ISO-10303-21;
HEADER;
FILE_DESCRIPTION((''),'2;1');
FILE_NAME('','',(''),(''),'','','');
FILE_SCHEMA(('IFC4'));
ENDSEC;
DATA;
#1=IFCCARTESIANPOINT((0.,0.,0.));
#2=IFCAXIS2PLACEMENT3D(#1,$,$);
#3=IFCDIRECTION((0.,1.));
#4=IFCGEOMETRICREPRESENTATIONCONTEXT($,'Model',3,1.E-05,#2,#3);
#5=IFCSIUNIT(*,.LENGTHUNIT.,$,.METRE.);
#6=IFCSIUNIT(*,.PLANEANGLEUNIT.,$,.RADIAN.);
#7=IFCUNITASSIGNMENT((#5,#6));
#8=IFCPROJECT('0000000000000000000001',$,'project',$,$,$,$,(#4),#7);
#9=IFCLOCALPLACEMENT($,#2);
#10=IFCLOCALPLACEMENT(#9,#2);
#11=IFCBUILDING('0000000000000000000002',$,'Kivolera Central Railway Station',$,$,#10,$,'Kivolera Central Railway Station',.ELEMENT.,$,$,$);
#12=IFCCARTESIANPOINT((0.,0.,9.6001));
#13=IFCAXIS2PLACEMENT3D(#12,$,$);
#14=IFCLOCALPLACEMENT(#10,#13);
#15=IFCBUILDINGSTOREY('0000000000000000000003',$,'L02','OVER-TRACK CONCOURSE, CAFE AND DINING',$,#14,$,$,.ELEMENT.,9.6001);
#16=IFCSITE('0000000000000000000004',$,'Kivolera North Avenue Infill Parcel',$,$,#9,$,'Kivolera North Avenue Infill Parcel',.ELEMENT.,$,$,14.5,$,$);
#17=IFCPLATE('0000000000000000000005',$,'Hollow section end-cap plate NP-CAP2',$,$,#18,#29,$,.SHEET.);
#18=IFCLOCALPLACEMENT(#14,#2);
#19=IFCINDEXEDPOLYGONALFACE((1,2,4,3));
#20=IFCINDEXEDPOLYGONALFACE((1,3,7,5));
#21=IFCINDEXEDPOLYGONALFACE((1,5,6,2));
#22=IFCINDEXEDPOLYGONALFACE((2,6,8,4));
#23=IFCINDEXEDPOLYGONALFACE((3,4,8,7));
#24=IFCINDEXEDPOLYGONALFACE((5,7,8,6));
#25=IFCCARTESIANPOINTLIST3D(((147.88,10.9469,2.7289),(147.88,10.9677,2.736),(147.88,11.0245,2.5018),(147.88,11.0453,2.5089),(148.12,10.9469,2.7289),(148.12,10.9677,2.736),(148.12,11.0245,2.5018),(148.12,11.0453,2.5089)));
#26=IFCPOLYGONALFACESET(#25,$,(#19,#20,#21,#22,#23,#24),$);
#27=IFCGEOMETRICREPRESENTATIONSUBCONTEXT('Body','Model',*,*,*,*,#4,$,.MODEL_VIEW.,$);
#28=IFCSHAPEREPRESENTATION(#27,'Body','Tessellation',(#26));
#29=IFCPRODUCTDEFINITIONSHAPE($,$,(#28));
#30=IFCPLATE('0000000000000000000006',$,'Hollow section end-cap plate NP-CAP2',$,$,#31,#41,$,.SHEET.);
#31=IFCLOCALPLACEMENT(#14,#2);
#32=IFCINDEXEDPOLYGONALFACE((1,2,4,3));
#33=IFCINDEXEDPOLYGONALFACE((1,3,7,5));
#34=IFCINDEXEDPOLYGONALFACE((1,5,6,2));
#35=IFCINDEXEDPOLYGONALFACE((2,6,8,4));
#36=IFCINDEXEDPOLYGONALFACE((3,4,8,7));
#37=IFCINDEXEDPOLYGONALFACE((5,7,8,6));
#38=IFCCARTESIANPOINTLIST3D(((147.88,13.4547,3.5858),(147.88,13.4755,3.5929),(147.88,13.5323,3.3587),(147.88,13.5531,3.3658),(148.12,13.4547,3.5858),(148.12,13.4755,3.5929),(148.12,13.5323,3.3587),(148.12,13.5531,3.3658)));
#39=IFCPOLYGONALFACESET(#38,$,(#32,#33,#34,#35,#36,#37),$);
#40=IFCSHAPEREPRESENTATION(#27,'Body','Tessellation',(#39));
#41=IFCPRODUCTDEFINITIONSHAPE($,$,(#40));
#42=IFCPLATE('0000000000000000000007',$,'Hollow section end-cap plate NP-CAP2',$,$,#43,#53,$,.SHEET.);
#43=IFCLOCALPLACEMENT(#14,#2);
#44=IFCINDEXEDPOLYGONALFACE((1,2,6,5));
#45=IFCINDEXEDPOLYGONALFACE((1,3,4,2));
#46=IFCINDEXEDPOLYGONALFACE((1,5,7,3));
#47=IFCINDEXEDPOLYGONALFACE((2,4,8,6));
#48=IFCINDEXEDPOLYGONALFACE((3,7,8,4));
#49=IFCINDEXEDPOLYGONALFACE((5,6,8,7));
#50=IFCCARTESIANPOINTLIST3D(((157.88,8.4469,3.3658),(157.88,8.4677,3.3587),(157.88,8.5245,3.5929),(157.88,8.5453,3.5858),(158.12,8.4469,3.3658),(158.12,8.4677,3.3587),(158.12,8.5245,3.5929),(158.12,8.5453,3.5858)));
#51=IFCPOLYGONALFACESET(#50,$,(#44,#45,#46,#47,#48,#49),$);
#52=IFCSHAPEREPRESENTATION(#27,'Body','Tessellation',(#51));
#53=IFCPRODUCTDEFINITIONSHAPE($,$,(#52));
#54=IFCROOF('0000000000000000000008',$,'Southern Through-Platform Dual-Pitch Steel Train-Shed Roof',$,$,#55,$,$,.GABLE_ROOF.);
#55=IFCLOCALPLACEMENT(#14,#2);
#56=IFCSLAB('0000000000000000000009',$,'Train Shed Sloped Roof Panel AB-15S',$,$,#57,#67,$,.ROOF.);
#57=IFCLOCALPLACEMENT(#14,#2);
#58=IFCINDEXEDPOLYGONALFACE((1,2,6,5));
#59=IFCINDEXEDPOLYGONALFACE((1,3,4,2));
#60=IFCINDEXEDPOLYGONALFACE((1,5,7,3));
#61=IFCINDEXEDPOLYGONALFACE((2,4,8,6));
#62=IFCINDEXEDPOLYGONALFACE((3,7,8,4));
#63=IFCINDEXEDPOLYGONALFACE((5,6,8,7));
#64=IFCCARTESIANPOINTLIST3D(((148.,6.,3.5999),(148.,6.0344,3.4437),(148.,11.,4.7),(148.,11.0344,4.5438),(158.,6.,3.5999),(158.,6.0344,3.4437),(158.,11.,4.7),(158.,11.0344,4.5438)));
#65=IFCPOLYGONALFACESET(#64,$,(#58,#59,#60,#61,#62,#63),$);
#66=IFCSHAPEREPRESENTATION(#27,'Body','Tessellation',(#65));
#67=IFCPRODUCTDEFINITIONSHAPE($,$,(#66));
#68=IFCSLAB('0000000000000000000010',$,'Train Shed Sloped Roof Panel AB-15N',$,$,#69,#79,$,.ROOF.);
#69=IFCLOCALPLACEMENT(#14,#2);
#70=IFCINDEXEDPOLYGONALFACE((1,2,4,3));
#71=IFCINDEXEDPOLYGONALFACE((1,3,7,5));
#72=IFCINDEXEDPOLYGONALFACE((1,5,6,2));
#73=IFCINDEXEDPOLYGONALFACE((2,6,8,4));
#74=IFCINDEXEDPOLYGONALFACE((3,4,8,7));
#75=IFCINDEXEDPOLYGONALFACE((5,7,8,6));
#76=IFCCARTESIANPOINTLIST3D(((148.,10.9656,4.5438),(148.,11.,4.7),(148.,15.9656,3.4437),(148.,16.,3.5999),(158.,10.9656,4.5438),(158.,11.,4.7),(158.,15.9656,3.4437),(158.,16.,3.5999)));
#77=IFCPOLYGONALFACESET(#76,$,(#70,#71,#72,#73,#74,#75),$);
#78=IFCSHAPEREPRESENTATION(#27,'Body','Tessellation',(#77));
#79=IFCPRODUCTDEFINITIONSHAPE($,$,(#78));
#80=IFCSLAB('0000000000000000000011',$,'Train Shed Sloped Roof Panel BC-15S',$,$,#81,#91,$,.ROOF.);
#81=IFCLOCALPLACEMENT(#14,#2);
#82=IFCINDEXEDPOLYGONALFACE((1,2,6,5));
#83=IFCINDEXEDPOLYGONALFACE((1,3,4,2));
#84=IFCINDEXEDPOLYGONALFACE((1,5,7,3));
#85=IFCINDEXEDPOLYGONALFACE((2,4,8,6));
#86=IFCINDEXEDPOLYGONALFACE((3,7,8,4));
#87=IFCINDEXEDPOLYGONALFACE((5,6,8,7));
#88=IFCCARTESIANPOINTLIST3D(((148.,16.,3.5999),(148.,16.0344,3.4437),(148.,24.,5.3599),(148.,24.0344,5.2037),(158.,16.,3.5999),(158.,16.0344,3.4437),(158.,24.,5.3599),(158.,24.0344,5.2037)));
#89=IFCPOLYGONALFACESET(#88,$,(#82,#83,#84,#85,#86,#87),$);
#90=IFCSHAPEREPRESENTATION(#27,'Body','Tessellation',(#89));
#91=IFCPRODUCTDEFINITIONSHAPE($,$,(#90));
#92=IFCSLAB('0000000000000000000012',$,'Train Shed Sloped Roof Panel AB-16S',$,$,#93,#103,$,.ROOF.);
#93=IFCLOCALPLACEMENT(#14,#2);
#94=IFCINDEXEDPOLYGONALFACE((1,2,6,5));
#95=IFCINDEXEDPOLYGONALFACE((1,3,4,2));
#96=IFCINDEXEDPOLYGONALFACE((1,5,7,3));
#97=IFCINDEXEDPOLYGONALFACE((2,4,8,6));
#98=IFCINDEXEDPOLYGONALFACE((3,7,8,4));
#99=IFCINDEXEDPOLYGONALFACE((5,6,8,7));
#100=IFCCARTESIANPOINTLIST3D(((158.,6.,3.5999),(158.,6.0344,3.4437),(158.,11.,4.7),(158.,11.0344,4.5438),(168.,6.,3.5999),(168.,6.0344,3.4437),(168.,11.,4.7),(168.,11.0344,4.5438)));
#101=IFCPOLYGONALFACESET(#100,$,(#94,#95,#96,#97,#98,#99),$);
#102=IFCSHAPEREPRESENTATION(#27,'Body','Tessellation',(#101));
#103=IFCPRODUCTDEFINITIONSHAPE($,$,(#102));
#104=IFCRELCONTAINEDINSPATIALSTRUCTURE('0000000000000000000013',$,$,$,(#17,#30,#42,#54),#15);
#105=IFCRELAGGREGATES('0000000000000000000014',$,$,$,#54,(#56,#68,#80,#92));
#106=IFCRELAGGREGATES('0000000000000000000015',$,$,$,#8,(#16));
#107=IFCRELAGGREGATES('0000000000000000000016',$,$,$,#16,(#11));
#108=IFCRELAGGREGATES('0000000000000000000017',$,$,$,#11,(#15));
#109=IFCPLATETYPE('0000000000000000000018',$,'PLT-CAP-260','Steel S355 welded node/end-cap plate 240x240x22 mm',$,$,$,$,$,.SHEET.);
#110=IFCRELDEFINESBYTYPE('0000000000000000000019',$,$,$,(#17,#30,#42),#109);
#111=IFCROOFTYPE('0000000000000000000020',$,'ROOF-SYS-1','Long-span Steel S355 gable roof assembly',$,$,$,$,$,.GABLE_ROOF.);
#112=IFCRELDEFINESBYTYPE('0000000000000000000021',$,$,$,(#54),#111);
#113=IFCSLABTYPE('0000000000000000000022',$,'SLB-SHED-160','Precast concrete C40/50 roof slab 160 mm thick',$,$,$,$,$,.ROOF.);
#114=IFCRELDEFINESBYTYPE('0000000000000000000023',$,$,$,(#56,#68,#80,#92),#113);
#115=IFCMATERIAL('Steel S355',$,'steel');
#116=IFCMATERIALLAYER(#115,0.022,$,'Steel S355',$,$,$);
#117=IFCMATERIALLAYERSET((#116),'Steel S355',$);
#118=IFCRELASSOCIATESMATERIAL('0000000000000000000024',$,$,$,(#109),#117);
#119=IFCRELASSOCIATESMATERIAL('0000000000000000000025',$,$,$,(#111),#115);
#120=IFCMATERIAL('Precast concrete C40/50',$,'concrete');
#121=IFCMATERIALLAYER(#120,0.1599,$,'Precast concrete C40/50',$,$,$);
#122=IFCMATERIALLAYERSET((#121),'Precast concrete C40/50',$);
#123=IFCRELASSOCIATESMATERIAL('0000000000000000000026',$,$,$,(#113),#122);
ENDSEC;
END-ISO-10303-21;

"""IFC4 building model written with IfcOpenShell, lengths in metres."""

from ifc_helpers import new_model, si_unit, direction, frame, origin, origin_2d, place, context, subcontext, project, spatial, polyline, rectangle, outline, extrude, material, layer, layer_set, type_object, element, aggregate, save


model = new_model("IFC4")

# Units and contexts
model_context = context("Model", 3, precision=1e-05, world=origin(), true_north=direction((0.0, 1.0)))
body_context = subcontext(model_context, "Body", "Model", "MODEL_VIEW")
ifc_project = project(units=[si_unit("LENGTHUNIT", "METRE"), si_unit("PLANEANGLEUNIT", "RADIAN")], contexts=[model_context])

# Site, building, storey
site_placement = place(None, origin())
site = spatial("IfcSite", under=ifc_project, at=site_placement, Name="Kivolera North Avenue Infill Parcel", LongName="Kivolera North Avenue Infill Parcel", CompositionType="ELEMENT", RefElevation=14.5)
building_placement = place(site_placement, origin())
building = spatial("IfcBuilding", under=site, at=building_placement, Name="Kivolera Central Railway Station", LongName="Kivolera Central Railway Station", CompositionType="ELEMENT")
storey_placement = place(building_placement, frame((0.0, 0.0, 9.6001)))
storey = spatial("IfcBuildingStorey", under=building, at=storey_placement, Name="L02", Description="OVER-TRACK CONCOURSE, CAFE AND DINING", CompositionType="ELEMENT", Elevation=9.6001)

# Shared definitions
ifc_material_1 = material(Name="Steel S355", Category="steel")

# Plates
ifc_layer_1 = layer(ifc_material_1, 0.022, Name="Steel S355")
ifc_layer_set_1 = layer_set([ifc_layer_1], Name="Steel S355")
plate_type_1 = type_object("IfcPlateType", Name="PLT-CAP-260", Description="Steel S355 welded node/end-cap plate 240x240x22 mm", PredefinedType="SHEET", material=ifc_layer_set_1)
for number, where, z_axis, x_axis, name in (
    (1, (148.0, 10.9961, 2.6189), (0.0, 0.946194, 0.323599), (-1.0, 0.0, 0.0), "Hollow section end-cap plate NP-CAP2"),
    (2, (148.0, 13.5039, 3.4758), (0.0, 0.946194, 0.323599), (-1.0, 0.0, 0.0), "Hollow section end-cap plate NP-CAP2"),
    (3, (158.0, 8.4961, 3.4758), (0.0, -0.946194, 0.323599), (1.0, 0.0, 0.0), "Hollow section end-cap plate NP-CAP2"),
):
    element("IfcPlate", number, at=place(storey_placement, frame(where, z_axis=z_axis, x_axis=x_axis)), inside=storey, type_object=plate_type_1, Name=name, PredefinedType="SHEET", context=body_context, shape_type="SweptSolid", body=[
        extrude(rectangle(XDim=0.24, YDim=0.24, at=origin_2d()), frame((0.0, 0.0, -0.011)), (0.0, 0.0, 1.0), 0.022),
    ])

# Roof, slabs
roof_type = type_object("IfcRoofType", Name="ROOF-SYS-1", Description="Long-span Steel S355 gable roof assembly", PredefinedType="GABLE_ROOF", material=ifc_material_1)
roof_placement = place(storey_placement, origin())
roof = element("IfcRoof", 4, at=roof_placement, inside=storey, type_object=roof_type, Name="Southern Through-Platform Dual-Pitch Steel Train-Shed Roof", PredefinedType="GABLE_ROOF")
ifc_material_2 = material(Name="Precast concrete C40/50", Category="concrete")
ifc_layer_2 = layer(ifc_material_2, 0.1599, Name="Precast concrete C40/50")
ifc_layer_set_2 = layer_set([ifc_layer_2], Name="Precast concrete C40/50")
slab_type = type_object("IfcSlabType", Name="SLB-SHED-160", Description="Precast concrete C40/50 roof slab 160 mm thick", PredefinedType="ROOF", material=ifc_layer_set_2)
slab_1_placement = place(storey_placement, frame((148.0, 6.0, 3.5999), z_axis=(0.0, -0.21488, 0.97664), x_axis=(1.0, 0.0, 0.0)))
slab_1 = element("IfcSlab", 5, at=slab_1_placement, type_object=slab_type, Name="Train Shed Sloped Roof Panel AB-15S", PredefinedType="ROOF", context=body_context, shape_type="SweptSolid", body=[
    extrude(outline(polyline([(0.0, 0.0), (10.0, 0.0), (10.0, 5.1196), (0.0, 5.1196), (0.0, 0.0)])), origin(), (0.0, 0.0, -1.0), 0.1599),
])
slab_2_placement = place(storey_placement, frame((148.0, 11.0, 4.7), z_axis=(0.0, 0.21488, 0.97664), x_axis=(1.0, 0.0, 0.0)))
slab_2 = element("IfcSlab", 6, at=slab_2_placement, type_object=slab_type, Name="Train Shed Sloped Roof Panel AB-15N", PredefinedType="ROOF", context=body_context, shape_type="SweptSolid", body=[
    extrude(outline(polyline([(0.0, 0.0), (10.0, 0.0), (10.0, 5.1196), (0.0, 5.1196), (0.0, 0.0)])), origin(), (0.0, 0.0, -1.0), 0.1599),
])
slab_3_placement = place(storey_placement, frame((148.0, 16.0, 3.5999), z_axis=(0.0, -0.214863, 0.976644), x_axis=(1.0, 0.0, 0.0)))
slab_3 = element("IfcSlab", 7, at=slab_3_placement, type_object=slab_type, Name="Train Shed Sloped Roof Panel BC-15S", PredefinedType="ROOF", context=body_context, shape_type="SweptSolid", body=[
    extrude(outline(polyline([(0.0, 0.0), (10.0, 0.0), (10.0, 8.1913), (0.0, 8.1913), (0.0, 0.0)])), origin(), (0.0, 0.0, -1.0), 0.1599),
])
slab_4_placement = place(storey_placement, frame((158.0, 6.0, 3.5999), z_axis=(0.0, -0.21488, 0.97664), x_axis=(1.0, 0.0, 0.0)))
slab_4 = element("IfcSlab", 8, at=slab_4_placement, type_object=slab_type, Name="Train Shed Sloped Roof Panel AB-16S", PredefinedType="ROOF", context=body_context, shape_type="SweptSolid", body=[
    extrude(outline(polyline([(0.0, 0.0), (10.0, 0.0), (10.0, 5.1196), (0.0, 5.1196), (0.0, 0.0)])), origin(), (0.0, 0.0, -1.0), 0.1599),
])
aggregate(roof, [slab_1, slab_2, slab_3, slab_4])

save(model, "model.ifc")
